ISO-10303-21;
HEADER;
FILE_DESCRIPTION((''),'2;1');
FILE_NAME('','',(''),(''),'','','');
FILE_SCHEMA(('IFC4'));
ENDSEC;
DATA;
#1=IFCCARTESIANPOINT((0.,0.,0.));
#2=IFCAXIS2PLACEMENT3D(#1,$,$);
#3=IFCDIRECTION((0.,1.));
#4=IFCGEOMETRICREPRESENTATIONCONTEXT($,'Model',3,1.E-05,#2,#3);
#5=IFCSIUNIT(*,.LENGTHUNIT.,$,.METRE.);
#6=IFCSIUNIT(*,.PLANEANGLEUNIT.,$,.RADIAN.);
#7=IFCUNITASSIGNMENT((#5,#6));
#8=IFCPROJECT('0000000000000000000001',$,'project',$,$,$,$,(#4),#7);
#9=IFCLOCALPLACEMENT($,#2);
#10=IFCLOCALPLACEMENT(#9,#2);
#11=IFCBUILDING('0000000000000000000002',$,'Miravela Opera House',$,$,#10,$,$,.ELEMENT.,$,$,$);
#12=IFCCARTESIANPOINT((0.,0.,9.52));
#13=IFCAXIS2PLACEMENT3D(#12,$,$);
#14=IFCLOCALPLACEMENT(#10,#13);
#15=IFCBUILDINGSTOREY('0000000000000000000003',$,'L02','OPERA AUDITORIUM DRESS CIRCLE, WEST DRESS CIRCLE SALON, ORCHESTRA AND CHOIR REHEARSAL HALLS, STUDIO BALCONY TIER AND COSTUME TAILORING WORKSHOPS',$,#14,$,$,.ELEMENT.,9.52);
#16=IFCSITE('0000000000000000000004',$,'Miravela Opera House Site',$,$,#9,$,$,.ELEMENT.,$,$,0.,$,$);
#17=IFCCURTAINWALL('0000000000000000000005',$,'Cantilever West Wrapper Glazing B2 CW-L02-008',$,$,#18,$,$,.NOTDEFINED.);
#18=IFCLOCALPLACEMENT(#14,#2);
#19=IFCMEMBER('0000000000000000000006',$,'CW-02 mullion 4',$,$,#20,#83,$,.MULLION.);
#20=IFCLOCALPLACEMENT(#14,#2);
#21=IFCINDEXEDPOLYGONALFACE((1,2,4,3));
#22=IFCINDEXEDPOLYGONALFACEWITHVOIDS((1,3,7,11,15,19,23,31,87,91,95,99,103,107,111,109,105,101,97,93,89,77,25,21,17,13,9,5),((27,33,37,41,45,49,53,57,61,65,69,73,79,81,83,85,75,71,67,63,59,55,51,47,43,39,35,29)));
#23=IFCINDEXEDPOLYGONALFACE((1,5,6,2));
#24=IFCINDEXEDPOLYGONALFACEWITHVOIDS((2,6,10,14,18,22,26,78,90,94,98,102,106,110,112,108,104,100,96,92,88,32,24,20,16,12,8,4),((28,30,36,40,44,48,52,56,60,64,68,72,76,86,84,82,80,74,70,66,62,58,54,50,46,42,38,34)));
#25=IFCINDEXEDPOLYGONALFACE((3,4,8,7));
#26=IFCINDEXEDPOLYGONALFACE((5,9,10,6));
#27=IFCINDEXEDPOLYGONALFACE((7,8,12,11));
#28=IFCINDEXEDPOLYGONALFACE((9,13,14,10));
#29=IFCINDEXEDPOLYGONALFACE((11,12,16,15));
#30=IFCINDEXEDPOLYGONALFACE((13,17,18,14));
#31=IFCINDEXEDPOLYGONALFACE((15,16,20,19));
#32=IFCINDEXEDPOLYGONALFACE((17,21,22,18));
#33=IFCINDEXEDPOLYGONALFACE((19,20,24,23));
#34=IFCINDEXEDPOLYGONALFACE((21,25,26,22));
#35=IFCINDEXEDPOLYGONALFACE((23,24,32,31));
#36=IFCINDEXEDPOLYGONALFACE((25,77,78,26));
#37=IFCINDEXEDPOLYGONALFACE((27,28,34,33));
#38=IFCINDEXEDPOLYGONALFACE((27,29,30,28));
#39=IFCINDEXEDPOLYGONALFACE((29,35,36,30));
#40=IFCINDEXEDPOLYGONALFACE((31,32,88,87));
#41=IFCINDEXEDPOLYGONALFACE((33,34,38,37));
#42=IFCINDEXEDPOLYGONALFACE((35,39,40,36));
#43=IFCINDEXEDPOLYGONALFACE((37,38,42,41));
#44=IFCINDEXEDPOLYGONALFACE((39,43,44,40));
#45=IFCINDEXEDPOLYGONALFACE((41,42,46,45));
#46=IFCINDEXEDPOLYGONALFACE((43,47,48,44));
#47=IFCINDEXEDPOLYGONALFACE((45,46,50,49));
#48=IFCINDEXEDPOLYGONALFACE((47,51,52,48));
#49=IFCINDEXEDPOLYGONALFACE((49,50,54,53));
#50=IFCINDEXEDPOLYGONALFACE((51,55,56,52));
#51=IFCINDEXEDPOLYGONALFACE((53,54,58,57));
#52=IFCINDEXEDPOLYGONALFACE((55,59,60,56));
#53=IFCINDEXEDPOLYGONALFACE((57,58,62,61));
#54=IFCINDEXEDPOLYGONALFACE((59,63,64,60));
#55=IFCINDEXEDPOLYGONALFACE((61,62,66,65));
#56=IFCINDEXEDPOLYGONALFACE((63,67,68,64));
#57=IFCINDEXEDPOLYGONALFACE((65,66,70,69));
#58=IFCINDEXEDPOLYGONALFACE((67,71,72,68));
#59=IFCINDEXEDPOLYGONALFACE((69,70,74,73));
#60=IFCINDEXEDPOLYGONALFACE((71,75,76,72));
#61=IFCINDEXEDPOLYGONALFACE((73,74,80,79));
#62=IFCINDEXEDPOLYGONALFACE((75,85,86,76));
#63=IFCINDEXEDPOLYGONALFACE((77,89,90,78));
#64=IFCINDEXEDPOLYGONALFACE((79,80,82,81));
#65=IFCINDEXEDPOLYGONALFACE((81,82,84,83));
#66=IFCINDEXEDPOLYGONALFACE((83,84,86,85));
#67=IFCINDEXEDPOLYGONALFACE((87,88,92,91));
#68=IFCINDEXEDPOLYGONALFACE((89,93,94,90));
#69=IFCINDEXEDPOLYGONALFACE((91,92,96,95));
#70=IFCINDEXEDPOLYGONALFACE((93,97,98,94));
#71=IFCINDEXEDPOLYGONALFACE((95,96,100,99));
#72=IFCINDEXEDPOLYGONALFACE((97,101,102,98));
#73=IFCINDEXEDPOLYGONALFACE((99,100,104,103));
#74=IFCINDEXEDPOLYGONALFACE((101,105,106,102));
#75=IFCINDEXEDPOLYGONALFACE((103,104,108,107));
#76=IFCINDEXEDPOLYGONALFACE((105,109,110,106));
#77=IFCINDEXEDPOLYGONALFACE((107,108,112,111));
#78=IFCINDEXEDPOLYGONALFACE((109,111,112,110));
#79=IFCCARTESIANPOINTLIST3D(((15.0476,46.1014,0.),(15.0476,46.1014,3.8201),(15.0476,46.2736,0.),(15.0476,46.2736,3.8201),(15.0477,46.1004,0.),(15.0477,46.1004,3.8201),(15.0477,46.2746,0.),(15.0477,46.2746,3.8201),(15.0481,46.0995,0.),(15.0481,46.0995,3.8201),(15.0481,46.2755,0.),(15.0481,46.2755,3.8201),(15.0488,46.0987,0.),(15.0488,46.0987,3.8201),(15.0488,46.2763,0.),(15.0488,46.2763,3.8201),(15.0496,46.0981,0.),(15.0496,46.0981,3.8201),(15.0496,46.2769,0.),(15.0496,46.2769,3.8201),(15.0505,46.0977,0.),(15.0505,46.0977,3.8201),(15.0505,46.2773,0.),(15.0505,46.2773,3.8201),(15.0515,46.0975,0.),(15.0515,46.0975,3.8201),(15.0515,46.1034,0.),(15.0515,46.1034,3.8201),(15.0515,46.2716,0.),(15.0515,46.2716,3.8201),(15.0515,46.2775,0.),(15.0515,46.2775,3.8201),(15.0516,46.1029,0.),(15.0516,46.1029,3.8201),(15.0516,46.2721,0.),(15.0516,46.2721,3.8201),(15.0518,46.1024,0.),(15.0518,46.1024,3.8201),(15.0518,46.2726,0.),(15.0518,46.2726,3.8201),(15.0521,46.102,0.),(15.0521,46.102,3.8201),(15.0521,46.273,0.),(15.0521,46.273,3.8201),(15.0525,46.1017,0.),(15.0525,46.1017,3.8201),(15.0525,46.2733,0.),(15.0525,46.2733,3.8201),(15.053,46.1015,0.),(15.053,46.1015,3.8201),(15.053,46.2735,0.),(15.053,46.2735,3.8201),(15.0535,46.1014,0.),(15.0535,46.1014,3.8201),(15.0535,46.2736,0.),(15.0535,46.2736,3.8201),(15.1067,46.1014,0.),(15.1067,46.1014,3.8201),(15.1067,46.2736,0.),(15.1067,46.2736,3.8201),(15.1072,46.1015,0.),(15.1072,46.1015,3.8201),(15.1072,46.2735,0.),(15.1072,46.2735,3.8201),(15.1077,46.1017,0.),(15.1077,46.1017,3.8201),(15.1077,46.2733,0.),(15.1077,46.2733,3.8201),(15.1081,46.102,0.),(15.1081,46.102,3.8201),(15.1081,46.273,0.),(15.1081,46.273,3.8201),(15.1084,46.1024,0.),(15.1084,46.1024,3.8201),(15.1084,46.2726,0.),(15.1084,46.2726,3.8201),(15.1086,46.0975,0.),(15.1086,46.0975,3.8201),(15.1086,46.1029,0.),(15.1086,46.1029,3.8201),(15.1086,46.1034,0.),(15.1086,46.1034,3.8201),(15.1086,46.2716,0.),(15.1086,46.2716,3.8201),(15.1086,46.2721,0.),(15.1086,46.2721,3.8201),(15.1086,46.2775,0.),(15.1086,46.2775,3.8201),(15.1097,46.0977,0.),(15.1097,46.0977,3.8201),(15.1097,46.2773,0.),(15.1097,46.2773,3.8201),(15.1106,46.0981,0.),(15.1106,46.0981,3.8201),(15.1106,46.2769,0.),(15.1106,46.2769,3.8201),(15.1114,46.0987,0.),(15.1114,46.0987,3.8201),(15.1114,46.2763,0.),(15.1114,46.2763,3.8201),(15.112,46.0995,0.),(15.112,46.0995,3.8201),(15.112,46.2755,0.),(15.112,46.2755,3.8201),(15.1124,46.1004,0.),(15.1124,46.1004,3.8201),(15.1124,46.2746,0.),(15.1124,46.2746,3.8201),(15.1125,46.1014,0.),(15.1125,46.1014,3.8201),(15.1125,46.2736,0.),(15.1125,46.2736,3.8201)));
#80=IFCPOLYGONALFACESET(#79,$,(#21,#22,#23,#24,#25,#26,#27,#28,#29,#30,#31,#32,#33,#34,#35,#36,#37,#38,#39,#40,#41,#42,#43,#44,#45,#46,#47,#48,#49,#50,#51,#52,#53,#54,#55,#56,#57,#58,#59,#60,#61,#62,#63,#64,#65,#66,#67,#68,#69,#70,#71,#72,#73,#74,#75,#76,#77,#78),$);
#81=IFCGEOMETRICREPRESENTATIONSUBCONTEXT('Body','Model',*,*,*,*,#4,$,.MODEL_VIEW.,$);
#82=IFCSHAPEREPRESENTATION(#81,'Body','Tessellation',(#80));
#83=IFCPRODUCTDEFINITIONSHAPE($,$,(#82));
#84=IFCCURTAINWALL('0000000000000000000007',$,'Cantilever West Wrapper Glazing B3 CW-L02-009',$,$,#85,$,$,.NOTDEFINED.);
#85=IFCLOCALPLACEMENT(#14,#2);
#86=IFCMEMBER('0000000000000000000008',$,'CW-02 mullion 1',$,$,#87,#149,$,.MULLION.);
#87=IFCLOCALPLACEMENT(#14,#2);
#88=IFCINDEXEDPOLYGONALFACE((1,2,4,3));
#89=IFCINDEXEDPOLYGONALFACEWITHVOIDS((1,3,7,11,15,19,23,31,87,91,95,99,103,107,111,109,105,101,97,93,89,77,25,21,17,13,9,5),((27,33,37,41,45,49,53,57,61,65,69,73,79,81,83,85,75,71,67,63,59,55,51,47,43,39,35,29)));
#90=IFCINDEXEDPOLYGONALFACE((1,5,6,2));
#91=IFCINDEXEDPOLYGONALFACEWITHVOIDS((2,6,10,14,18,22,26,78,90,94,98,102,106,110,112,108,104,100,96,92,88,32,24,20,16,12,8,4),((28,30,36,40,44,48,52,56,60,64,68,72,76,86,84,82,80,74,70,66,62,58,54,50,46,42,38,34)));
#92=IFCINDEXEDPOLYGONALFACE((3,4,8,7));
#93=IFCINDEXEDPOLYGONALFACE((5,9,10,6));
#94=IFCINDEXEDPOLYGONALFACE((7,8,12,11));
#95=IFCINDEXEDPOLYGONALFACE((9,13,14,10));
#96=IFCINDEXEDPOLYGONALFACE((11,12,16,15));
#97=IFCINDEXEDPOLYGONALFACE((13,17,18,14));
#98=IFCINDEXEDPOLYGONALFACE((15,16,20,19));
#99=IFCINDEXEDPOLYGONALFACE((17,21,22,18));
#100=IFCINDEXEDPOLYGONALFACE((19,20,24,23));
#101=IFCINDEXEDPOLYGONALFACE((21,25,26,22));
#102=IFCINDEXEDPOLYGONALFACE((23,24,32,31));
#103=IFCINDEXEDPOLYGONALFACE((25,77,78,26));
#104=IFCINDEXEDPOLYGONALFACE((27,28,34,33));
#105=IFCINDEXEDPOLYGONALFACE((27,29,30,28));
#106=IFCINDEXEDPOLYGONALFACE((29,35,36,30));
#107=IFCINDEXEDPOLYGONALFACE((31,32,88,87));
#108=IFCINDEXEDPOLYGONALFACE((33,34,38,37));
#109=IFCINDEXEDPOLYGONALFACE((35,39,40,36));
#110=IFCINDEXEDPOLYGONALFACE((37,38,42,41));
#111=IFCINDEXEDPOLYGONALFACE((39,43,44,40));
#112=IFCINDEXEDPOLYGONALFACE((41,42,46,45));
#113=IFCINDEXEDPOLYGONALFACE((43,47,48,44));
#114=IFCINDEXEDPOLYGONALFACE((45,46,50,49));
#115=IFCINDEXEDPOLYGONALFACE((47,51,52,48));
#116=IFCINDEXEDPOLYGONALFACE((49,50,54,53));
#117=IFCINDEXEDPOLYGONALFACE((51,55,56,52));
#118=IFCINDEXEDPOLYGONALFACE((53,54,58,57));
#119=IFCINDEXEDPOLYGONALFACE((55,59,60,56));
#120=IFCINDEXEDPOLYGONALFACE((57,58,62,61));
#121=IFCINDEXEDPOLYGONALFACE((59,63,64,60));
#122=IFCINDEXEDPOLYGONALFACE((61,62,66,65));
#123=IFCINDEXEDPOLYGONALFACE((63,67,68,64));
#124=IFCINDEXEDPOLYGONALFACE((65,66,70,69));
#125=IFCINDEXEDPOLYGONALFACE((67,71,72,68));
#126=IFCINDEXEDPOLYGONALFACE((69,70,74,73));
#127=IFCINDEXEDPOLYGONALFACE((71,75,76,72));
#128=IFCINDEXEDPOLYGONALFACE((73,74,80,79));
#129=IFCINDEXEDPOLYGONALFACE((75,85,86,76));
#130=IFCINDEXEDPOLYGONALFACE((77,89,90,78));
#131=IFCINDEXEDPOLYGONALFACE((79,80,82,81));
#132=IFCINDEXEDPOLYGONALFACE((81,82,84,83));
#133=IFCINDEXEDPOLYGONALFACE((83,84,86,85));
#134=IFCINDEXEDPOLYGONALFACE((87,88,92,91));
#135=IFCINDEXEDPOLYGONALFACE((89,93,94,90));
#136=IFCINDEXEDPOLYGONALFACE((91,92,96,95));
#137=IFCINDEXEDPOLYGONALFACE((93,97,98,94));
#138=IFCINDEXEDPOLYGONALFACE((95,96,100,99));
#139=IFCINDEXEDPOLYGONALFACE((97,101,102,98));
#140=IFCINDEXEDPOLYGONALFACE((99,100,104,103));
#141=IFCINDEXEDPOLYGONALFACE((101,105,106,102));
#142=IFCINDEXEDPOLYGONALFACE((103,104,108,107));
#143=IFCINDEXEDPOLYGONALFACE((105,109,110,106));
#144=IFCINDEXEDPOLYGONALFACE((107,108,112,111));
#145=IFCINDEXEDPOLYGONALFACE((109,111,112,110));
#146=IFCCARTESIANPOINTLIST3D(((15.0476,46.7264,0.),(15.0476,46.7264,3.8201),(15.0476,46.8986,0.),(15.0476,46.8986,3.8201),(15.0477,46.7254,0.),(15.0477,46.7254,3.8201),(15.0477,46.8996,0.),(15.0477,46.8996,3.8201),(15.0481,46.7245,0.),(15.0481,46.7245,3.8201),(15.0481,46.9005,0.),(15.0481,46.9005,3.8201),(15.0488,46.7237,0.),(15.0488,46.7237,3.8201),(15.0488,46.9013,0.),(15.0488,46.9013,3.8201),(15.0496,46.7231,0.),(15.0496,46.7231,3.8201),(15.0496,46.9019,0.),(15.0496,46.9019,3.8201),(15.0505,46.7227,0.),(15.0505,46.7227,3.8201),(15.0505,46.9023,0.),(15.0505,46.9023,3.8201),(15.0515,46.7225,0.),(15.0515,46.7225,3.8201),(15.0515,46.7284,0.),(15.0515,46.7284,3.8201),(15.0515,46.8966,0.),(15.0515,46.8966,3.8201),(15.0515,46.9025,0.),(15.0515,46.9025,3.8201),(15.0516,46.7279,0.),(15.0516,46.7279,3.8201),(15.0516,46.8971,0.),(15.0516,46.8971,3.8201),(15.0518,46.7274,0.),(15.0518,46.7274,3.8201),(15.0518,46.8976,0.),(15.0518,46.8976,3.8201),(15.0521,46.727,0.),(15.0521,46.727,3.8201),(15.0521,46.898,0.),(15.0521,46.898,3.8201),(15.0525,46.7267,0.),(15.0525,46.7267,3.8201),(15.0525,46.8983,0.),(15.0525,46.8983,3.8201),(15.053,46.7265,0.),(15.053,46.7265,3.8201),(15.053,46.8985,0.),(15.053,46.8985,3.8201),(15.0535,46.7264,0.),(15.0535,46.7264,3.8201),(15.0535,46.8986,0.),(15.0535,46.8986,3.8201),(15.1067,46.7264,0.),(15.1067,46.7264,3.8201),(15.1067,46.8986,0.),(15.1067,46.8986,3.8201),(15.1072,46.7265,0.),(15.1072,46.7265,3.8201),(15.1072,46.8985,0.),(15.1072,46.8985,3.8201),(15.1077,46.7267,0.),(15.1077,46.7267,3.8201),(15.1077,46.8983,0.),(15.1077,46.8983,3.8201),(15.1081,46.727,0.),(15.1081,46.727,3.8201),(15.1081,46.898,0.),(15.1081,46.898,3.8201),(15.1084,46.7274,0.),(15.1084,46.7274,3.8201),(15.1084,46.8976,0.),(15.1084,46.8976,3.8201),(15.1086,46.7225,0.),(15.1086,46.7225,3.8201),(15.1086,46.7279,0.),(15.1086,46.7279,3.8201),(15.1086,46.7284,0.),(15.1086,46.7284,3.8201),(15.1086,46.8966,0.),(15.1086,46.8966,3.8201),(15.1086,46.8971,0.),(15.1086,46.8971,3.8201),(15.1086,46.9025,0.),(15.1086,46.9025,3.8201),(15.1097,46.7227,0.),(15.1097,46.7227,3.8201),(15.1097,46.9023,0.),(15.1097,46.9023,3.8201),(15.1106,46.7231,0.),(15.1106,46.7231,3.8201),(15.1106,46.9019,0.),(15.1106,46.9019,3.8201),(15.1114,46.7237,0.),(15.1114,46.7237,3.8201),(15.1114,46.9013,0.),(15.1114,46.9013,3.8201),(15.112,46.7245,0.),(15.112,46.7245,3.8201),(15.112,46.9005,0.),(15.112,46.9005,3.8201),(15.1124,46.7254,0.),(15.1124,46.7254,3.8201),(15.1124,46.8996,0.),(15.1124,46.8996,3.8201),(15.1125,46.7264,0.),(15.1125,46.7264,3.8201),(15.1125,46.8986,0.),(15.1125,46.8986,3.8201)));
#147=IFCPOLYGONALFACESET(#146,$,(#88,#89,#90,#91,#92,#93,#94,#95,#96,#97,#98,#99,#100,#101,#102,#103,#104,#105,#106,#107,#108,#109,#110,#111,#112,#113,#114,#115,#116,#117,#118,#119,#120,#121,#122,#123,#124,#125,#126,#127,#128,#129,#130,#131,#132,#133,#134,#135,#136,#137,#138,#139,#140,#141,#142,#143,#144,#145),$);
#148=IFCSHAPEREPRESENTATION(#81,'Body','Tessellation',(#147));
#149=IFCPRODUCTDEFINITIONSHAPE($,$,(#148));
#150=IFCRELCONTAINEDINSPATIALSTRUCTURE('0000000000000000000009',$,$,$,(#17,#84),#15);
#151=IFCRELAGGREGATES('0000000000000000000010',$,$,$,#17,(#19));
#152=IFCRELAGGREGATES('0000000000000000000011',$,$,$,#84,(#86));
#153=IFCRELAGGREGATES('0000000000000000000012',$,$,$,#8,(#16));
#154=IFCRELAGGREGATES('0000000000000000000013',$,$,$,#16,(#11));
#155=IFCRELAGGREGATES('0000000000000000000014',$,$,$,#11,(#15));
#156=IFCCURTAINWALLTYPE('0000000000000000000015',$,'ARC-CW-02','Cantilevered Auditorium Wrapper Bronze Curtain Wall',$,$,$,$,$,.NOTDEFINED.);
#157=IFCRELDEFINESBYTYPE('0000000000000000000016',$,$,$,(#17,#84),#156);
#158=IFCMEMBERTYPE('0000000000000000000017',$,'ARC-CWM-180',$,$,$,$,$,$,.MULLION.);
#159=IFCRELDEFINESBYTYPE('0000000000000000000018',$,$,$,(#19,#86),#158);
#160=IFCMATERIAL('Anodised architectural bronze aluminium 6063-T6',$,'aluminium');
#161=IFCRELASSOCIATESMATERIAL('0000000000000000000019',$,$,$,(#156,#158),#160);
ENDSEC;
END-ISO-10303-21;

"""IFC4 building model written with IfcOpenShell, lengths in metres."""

from ifc_helpers import new_model, si_unit, direction, frame, origin, origin_2d, place, context, subcontext, project, spatial, hollow_rectangle, extrude, material, material_profile, profile_set, type_object, element, aggregate, save


model = new_model("IFC4")

# Units and contexts
model_context = context("Model", 3, precision=1e-05, world=origin(), true_north=direction((0.0, 1.0)))
body_context = subcontext(model_context, "Body", "Model", "MODEL_VIEW")
ifc_project = project(units=[si_unit("LENGTHUNIT", "METRE"), si_unit("PLANEANGLEUNIT", "RADIAN")], contexts=[model_context])

# Site, building, storey
site_placement = place(None, origin())
site = spatial("IfcSite", under=ifc_project, at=site_placement, Name="Miravela Opera House Site", CompositionType="ELEMENT", RefElevation=0.0)
building_placement = place(site_placement, origin())
building = spatial("IfcBuilding", under=site, at=building_placement, Name="Miravela Opera House", CompositionType="ELEMENT")
storey_placement = place(building_placement, frame((0.0, 0.0, 9.52)))
storey = spatial("IfcBuildingStorey", under=building, at=storey_placement, Name="L02", Description="OPERA AUDITORIUM DRESS CIRCLE, WEST DRESS CIRCLE SALON, ORCHESTRA AND CHOIR REHEARSAL HALLS, STUDIO BALCONY TIER AND COSTUME TAILORING WORKSHOPS", CompositionType="ELEMENT", Elevation=9.52)

# Curtain wall, member
ifc_material_1 = material(Name="Anodised architectural bronze aluminium 6063-T6", Category="aluminium")
curtain_wall_type = type_object("IfcCurtainWallType", Name="ARC-CW-02", Description="Cantilevered Auditorium Wrapper Bronze Curtain Wall", PredefinedType="NOTDEFINED", material=ifc_material_1)
curtain_wall_1_placement = place(storey_placement, origin())
curtain_wall_1 = element("IfcCurtainWall", 1, at=curtain_wall_1_placement, inside=storey, type_object=curtain_wall_type, Name="Cantilever West Wrapper Glazing B2 CW-L02-008", PredefinedType="NOTDEFINED")
ifc_material_profile_1 = material_profile(ifc_material_1, hollow_rectangle(XDim=0.0649, YDim=0.1799, WallThickness=0.0039, InnerFilletRadius=0.002, OuterFilletRadius=0.0039, at=origin_2d()), Name="CWM-65X180")
ifc_profile_set_1 = profile_set([ifc_material_profile_1])
member_type_1 = type_object("IfcMemberType", Name="ARC-CWM-180", PredefinedType="MULLION", material=ifc_profile_set_1)
member_1_placement = place(storey_placement, frame((15.0801, 46.1875, 0.0), z_axis=(0.0, 0.0, 1.0), x_axis=(-1.0, 0.0, 0.0)))
member_1 = element("IfcMember", 2, at=member_1_placement, type_object=member_type_1, Name="CW-02 mullion 4", PredefinedType="MULLION", context=body_context, shape_type="SweptSolid", body=[
    extrude(hollow_rectangle(XDim=0.0649, YDim=0.1799, WallThickness=0.0039, InnerFilletRadius=0.002, OuterFilletRadius=0.0039, at=origin_2d()), origin(), (0.0, 0.0, 1.0), 3.8201),
])

# Curtain wall, member
curtain_wall_2_placement = place(storey_placement, origin())
curtain_wall_2 = element("IfcCurtainWall", 3, at=curtain_wall_2_placement, inside=storey, type_object=curtain_wall_type, Name="Cantilever West Wrapper Glazing B3 CW-L02-009", PredefinedType="NOTDEFINED")
member_2_placement = place(storey_placement, frame((15.0801, 46.8125, 0.0), z_axis=(0.0, 0.0, 1.0), x_axis=(-1.0, 0.0, 0.0)))
member_2 = element("IfcMember", 4, at=member_2_placement, type_object=member_type_1, Name="CW-02 mullion 1", PredefinedType="MULLION", context=body_context, shape_type="SweptSolid", body=[
    extrude(hollow_rectangle(XDim=0.0649, YDim=0.1799, WallThickness=0.0039, InnerFilletRadius=0.002, OuterFilletRadius=0.0039, at=origin_2d()), origin(), (0.0, 0.0, 1.0), 3.8201),
])

aggregate(curtain_wall_1, [member_1])
aggregate(curtain_wall_2, [member_2])

save(model, "model.ifc")
